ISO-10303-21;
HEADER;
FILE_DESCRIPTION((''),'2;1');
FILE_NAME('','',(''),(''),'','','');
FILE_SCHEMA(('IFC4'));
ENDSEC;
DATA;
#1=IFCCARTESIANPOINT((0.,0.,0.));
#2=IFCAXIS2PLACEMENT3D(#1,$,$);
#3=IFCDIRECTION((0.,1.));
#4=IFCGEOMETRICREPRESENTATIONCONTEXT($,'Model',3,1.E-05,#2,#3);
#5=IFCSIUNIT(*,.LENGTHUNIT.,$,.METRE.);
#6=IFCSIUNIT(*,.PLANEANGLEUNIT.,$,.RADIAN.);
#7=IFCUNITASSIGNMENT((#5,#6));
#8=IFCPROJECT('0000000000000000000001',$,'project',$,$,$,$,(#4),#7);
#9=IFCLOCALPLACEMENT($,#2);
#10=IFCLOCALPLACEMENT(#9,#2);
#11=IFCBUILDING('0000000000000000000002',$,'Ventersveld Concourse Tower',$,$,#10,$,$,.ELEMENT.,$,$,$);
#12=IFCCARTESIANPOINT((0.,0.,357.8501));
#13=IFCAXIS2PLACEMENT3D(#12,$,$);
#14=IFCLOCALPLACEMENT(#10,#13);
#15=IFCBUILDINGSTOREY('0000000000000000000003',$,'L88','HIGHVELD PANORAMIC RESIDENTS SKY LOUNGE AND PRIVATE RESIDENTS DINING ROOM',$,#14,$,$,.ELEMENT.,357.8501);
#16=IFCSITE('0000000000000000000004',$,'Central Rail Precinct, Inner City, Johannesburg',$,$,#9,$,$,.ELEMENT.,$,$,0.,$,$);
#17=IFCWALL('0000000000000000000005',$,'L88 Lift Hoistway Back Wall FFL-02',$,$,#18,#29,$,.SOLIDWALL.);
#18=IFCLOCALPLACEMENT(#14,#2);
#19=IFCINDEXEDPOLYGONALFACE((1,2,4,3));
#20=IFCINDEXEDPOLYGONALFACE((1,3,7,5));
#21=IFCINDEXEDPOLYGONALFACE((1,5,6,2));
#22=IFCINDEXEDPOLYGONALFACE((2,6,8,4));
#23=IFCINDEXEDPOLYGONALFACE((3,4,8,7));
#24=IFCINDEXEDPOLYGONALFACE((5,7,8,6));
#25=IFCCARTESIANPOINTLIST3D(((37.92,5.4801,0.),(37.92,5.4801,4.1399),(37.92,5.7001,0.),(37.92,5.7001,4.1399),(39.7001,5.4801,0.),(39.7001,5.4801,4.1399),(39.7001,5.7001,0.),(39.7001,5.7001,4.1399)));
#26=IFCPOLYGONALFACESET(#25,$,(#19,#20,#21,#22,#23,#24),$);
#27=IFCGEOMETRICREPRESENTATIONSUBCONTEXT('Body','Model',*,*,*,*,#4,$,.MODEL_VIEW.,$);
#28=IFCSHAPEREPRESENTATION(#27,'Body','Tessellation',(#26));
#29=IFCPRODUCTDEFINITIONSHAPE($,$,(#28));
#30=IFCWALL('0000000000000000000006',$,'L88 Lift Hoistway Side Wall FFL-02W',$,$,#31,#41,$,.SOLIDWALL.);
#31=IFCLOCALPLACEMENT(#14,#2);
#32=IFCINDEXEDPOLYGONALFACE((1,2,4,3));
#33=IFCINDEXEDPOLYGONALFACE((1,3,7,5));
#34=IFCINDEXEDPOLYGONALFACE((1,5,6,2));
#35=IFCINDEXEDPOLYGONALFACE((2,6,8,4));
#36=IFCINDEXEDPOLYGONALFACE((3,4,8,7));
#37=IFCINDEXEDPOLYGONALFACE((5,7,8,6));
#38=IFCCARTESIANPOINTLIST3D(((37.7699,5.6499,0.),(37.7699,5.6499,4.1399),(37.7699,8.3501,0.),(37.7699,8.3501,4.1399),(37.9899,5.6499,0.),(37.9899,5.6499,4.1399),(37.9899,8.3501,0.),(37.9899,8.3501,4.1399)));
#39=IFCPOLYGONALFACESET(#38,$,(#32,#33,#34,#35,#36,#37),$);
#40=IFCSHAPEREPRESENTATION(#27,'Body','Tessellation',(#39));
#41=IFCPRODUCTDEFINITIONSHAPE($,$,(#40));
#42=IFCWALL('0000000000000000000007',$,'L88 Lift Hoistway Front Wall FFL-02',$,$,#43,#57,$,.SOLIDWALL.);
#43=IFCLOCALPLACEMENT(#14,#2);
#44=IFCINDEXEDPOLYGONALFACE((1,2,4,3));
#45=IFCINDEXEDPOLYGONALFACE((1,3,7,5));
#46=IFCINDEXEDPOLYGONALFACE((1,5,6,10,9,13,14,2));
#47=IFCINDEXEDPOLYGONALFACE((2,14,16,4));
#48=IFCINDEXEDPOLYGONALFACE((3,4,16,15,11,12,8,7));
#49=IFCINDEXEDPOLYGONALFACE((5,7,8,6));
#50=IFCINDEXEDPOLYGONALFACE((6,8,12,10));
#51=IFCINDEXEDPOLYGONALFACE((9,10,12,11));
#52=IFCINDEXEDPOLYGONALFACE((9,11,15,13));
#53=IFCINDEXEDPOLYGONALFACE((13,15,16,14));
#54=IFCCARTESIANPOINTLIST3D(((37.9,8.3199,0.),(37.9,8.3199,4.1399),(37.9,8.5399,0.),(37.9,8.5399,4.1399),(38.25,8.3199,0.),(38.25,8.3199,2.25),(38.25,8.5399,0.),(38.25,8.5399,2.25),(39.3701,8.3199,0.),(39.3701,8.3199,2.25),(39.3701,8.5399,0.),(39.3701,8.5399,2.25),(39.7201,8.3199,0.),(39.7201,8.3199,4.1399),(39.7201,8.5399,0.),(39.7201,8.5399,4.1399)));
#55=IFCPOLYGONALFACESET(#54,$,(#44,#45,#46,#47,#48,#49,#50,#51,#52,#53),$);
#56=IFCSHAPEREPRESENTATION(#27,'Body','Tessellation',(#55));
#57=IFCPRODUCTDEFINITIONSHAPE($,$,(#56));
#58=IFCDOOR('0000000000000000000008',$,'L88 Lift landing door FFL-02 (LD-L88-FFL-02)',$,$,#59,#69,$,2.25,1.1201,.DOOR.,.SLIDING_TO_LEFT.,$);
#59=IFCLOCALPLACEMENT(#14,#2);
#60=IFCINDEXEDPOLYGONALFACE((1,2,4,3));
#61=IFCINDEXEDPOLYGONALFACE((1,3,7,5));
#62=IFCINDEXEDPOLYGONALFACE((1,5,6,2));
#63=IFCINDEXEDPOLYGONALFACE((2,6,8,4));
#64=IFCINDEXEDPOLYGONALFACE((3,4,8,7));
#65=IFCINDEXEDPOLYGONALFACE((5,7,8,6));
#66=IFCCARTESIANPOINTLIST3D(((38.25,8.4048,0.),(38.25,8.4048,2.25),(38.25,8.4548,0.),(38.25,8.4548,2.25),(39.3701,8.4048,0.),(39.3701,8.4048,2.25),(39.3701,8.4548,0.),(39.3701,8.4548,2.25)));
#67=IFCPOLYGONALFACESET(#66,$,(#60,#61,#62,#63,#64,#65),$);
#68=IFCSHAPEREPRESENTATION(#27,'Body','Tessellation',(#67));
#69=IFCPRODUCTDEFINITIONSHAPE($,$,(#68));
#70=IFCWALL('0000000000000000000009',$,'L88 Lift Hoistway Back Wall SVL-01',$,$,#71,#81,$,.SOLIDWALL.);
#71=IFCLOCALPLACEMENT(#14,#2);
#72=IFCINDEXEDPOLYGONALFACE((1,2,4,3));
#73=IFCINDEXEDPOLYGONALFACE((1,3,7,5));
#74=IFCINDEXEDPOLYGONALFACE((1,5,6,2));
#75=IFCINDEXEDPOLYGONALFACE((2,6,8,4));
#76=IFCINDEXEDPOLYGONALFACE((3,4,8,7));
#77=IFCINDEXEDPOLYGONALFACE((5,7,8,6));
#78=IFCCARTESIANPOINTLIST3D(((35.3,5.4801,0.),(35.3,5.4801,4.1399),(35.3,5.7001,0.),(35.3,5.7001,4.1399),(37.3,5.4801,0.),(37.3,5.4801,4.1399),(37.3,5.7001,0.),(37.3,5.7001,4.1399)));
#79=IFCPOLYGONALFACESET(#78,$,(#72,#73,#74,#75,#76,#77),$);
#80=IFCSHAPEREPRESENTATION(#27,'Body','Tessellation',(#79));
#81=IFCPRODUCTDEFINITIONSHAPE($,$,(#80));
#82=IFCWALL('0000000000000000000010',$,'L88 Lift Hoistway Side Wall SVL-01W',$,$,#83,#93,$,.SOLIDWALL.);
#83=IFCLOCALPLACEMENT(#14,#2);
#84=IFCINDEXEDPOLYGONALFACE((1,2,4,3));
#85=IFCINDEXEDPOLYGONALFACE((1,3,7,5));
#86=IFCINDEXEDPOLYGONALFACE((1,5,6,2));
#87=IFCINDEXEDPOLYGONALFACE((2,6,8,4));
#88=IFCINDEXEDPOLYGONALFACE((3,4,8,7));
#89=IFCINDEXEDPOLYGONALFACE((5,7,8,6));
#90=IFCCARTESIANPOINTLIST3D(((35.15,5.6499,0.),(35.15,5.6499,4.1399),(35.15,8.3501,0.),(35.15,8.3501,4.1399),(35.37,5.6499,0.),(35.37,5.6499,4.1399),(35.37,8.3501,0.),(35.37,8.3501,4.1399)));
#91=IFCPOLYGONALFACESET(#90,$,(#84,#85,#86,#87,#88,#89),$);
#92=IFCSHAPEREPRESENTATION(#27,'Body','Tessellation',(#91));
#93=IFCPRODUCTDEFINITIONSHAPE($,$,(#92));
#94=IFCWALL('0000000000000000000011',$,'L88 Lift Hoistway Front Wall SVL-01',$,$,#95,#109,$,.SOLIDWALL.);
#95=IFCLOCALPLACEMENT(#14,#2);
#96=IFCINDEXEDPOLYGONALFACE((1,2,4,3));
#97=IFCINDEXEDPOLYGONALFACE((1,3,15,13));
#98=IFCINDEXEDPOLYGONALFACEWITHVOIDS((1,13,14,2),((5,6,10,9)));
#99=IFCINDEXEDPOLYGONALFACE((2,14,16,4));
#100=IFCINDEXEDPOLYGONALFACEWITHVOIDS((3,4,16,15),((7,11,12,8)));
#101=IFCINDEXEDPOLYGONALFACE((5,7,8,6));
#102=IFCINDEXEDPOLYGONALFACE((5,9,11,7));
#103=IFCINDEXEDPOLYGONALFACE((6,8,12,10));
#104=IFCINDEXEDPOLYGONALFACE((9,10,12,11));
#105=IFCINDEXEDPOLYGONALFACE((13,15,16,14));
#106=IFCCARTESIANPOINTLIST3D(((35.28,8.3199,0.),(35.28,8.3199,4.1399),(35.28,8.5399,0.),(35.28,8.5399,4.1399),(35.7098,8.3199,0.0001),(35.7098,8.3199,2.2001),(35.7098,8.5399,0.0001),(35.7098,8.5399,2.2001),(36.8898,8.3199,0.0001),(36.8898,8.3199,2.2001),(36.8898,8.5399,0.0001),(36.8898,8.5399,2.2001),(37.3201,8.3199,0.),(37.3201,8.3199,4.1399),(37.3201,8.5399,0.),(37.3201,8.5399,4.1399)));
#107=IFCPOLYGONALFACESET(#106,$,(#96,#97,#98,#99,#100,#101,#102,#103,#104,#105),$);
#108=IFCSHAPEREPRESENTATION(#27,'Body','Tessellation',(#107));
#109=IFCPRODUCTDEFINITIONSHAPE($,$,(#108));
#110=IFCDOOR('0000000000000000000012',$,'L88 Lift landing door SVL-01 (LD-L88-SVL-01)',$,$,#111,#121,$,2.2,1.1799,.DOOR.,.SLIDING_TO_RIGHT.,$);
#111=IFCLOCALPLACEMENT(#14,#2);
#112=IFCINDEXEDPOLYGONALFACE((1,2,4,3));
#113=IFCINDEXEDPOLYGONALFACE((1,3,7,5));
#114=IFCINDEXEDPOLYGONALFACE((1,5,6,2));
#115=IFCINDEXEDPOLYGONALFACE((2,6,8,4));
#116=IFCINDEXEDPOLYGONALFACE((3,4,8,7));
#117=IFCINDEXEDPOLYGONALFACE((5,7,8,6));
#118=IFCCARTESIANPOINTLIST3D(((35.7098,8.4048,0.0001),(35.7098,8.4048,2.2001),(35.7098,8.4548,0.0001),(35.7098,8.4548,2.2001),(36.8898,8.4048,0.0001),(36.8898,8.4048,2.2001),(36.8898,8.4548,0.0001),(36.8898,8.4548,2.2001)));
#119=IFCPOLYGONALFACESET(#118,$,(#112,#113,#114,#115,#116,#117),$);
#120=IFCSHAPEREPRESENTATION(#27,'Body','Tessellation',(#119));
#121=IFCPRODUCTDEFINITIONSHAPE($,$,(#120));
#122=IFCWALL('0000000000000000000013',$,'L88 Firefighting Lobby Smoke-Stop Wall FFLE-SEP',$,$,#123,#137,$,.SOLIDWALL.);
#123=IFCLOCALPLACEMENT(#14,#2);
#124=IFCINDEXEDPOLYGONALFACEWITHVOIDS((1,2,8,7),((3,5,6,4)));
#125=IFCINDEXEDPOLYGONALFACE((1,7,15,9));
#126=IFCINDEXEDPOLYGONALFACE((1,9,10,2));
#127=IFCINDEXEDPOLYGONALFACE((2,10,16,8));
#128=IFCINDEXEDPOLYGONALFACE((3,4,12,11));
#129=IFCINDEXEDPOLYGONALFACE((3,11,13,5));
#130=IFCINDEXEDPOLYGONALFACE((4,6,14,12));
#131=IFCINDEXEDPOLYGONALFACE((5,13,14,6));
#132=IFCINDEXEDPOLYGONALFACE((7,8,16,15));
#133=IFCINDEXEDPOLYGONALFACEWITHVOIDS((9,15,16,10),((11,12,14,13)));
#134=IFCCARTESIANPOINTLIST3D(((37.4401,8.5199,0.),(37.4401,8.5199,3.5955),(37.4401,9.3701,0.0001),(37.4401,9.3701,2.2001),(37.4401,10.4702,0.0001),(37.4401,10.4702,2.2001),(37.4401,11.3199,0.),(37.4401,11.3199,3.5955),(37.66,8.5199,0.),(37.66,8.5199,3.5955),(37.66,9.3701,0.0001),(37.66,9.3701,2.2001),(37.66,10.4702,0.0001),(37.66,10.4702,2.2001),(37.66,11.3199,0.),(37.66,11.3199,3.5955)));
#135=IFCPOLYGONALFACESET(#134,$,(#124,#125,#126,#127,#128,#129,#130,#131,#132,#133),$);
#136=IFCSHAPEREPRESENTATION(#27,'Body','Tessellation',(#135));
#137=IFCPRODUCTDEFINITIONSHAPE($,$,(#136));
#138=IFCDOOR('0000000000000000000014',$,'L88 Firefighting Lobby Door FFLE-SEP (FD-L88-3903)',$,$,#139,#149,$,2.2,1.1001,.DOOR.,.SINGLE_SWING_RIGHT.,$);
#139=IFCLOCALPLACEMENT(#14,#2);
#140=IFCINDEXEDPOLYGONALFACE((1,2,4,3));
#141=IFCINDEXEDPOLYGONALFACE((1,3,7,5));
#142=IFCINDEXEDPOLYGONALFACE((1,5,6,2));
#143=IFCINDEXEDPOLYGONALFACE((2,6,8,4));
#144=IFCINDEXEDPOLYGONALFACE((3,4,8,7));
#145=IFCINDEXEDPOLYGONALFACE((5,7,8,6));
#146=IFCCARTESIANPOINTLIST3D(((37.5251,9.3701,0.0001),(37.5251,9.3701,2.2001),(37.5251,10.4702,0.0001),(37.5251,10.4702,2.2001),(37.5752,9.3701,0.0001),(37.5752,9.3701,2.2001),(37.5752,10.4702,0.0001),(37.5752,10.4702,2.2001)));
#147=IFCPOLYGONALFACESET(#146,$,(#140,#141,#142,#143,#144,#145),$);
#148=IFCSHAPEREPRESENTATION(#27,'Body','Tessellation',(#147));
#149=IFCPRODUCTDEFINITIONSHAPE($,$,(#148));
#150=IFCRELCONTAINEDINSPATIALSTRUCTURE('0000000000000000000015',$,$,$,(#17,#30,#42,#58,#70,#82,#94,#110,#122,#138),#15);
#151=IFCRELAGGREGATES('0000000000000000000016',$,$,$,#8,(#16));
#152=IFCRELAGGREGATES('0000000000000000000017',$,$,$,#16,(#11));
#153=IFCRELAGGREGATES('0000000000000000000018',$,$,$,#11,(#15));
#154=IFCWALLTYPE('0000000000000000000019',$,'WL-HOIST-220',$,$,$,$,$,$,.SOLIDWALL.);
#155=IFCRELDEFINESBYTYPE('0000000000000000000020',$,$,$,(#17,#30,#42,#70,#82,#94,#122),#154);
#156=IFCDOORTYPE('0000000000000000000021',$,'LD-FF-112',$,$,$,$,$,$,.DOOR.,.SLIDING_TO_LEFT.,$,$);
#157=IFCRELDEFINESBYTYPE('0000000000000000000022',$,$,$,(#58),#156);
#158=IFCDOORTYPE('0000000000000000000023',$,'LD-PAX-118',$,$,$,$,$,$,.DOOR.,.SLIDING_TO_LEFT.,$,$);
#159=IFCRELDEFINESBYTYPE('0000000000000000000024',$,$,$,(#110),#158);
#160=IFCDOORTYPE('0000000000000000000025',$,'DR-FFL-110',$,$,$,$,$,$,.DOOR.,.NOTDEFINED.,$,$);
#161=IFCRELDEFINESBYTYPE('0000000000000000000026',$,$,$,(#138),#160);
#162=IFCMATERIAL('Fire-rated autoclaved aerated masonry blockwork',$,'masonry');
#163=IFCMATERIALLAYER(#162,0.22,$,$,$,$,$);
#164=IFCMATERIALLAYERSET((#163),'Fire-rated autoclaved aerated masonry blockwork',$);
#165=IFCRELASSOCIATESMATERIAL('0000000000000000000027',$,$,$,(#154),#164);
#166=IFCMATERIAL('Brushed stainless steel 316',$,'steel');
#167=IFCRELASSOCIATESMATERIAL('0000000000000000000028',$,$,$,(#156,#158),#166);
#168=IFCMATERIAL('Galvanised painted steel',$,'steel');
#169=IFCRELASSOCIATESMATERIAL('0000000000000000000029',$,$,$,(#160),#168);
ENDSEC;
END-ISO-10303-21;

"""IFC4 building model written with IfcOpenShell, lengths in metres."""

from ifc_helpers import new_model, si_unit, direction, frame, frame_2d, origin, place, context, subcontext, project, spatial, rectangle, extrude, material, layer, layer_set, type_object, element, fill, save


model = new_model("IFC4")

# Units and contexts
model_context = context("Model", 3, precision=1e-05, world=origin(), true_north=direction((0.0, 1.0)))
body_context = subcontext(model_context, "Body", "Model", "MODEL_VIEW")
ifc_project = project(units=[si_unit("LENGTHUNIT", "METRE"), si_unit("PLANEANGLEUNIT", "RADIAN")], contexts=[model_context])

# Site, building, storey
site_placement = place(None, origin())
site = spatial("IfcSite", under=ifc_project, at=site_placement, Name="Central Rail Precinct, Inner City, Johannesburg", CompositionType="ELEMENT", RefElevation=0.0)
building_placement = place(site_placement, origin())
building = spatial("IfcBuilding", under=site, at=building_placement, Name="Ventersveld Concourse Tower", CompositionType="ELEMENT")
storey_placement = place(building_placement, frame((0.0, 0.0, 357.8501)))
storey = spatial("IfcBuildingStorey", under=building, at=storey_placement, Name="L88", Description="HIGHVELD PANORAMIC RESIDENTS SKY LOUNGE AND PRIVATE RESIDENTS DINING ROOM", CompositionType="ELEMENT", Elevation=357.8501)

# Shared definitions
ifc_material_1 = material(Name="Fire-rated autoclaved aerated masonry blockwork", Category="masonry")
ifc_material_2 = material(Name="Galvanised painted steel", Category="steel")

# Walls
ifc_layer_1 = layer(ifc_material_1, 0.22)
ifc_layer_set_1 = layer_set([ifc_layer_1], Name="Fire-rated autoclaved aerated masonry blockwork")
wall_type_1 = type_object("IfcWallType", Name="WL-HOIST-220", PredefinedType="SOLIDWALL", material=ifc_layer_set_1)
wall_1_placement = place(storey_placement, frame((37.9199, 5.5901, 0.0), z_axis=(0.0, 0.0, 1.0), x_axis=(1.0, 0.0, 0.0)))
element("IfcWall", 1, at=wall_1_placement, inside=storey, type_object=wall_type_1, Name="L88 Lift Hoistway Back Wall FFL-02", PredefinedType="SOLIDWALL", context=body_context, shape_type="SweptSolid", body=[
    extrude(rectangle(XDim=1.78, YDim=0.22, at=frame_2d((0.8901, 0.0))), origin(), (0.0, 0.0, 1.0), 4.1399),
])
wall_2_placement = place(storey_placement, frame((37.8799, 5.6499, 0.0), z_axis=(0.0, 0.0, 1.0), x_axis=(0.0, 1.0, 0.0)))
element("IfcWall", 2, at=wall_2_placement, inside=storey, type_object=wall_type_1, Name="L88 Lift Hoistway Side Wall FFL-02W", PredefinedType="SOLIDWALL", context=body_context, shape_type="SweptSolid", body=[
    extrude(rectangle(XDim=2.7002, YDim=0.22, at=frame_2d((1.3501, 0.0))), origin(), (0.0, 0.0, 1.0), 4.1399),
])

# Wall, opening, door
wall_3_placement = place(storey_placement, frame((37.8999, 8.4299, 0.0), z_axis=(0.0, 0.0, 1.0), x_axis=(1.0, 0.0, 0.0)))
wall_3 = element("IfcWall", 3, at=wall_3_placement, inside=storey, type_object=wall_type_1, Name="L88 Lift Hoistway Front Wall FFL-02", PredefinedType="SOLIDWALL", context=body_context, shape_type="SweptSolid", body=[
    extrude(rectangle(XDim=1.8201, YDim=0.22, at=frame_2d((0.9102, 0.0))), origin(), (0.0, 0.0, 1.0), 4.1399),
])
opening_1_placement = place(wall_3_placement, frame((0.3501, 0.0, 0.0)))
opening_1 = element("IfcOpeningElement", 4, at=opening_1_placement, cuts=wall_3, PredefinedType="OPENING", context=body_context, shape_type="SweptSolid", body=[
    extrude(rectangle(XDim=1.1201, YDim=2.25, at=frame_2d((0.5601, 1.125))), frame((0.0, 0.1201, 0.0), z_axis=(0.0, -1.0, 0.0), x_axis=(1.0, 0.0, 0.0)), (0.0, 0.0, 1.0), 0.24),
])
ifc_material_3 = material(Name="Brushed stainless steel 316", Category="steel")
door_type_1 = type_object("IfcDoorType", Name="LD-FF-112", OperationType="SLIDING_TO_LEFT", PredefinedType="DOOR", material=ifc_material_3)
door_1_placement = place(opening_1_placement, origin())
door_1 = element("IfcDoor", 5, at=door_1_placement, inside=storey, type_object=door_type_1, Name="L88 Lift landing door FFL-02 (LD-L88-FFL-02)", OperationType="SLIDING_TO_LEFT", OverallHeight=2.25, OverallWidth=1.1201, PredefinedType="DOOR", context=body_context, shape_type="SweptSolid", body=[
    extrude(rectangle(XDim=1.1201, YDim=2.25, at=frame_2d((0.5601, 1.125))), frame((0.0, 0.0249, 0.0), z_axis=(0.0, -1.0, 0.0), x_axis=(1.0, 0.0, 0.0)), (0.0, 0.0, 1.0), 0.05),
])
fill(opening_1, door_1)

# Walls
wall_4_placement = place(storey_placement, frame((35.3, 5.5901, 0.0), z_axis=(0.0, 0.0, 1.0), x_axis=(1.0, 0.0, 0.0)))
element("IfcWall", 6, at=wall_4_placement, inside=storey, type_object=wall_type_1, Name="L88 Lift Hoistway Back Wall SVL-01", PredefinedType="SOLIDWALL", context=body_context, shape_type="SweptSolid", body=[
    extrude(rectangle(XDim=2.0, YDim=0.22, at=frame_2d((1.0, 0.0))), origin(), (0.0, 0.0, 1.0), 4.1399),
])
wall_5_placement = place(storey_placement, frame((35.26, 5.6499, 0.0), z_axis=(0.0, 0.0, 1.0), x_axis=(0.0, 1.0, 0.0)))
element("IfcWall", 7, at=wall_5_placement, inside=storey, type_object=wall_type_1, Name="L88 Lift Hoistway Side Wall SVL-01W", PredefinedType="SOLIDWALL", context=body_context, shape_type="SweptSolid", body=[
    extrude(rectangle(XDim=2.7002, YDim=0.22, at=frame_2d((1.3501, 0.0))), origin(), (0.0, 0.0, 1.0), 4.1399),
])

# Walls, openings, doors
wall_6_placement = place(storey_placement, frame((35.28, 8.4299, 0.0), z_axis=(0.0, 0.0, 1.0), x_axis=(1.0, 0.0, 0.0)))
wall_6 = element("IfcWall", 8, at=wall_6_placement, inside=storey, type_object=wall_type_1, Name="L88 Lift Hoistway Front Wall SVL-01", PredefinedType="SOLIDWALL", context=body_context, shape_type="SweptSolid", body=[
    extrude(rectangle(XDim=2.04, YDim=0.22, at=frame_2d((1.02, 0.0))), origin(), (0.0, 0.0, 1.0), 4.1399),
])
opening_2_placement = place(wall_6_placement, frame((0.4299, 0.0, 0.0)))
opening_2 = element("IfcOpeningElement", 9, at=opening_2_placement, cuts=wall_6, PredefinedType="OPENING", context=body_context, shape_type="SweptSolid", body=[
    extrude(rectangle(XDim=1.1799, YDim=2.2, at=frame_2d((0.5898, 1.1001))), frame((0.0, 0.1201, 0.0), z_axis=(0.0, -1.0, 0.0), x_axis=(1.0, 0.0, 0.0)), (0.0, 0.0, 1.0), 0.24),
])
door_type_2 = type_object("IfcDoorType", Name="LD-PAX-118", OperationType="SLIDING_TO_LEFT", PredefinedType="DOOR", material=ifc_material_3)
door_2_placement = place(opening_2_placement, origin())
door_2 = element("IfcDoor", 10, at=door_2_placement, inside=storey, type_object=door_type_2, Name="L88 Lift landing door SVL-01 (LD-L88-SVL-01)", OperationType="SLIDING_TO_RIGHT", OverallHeight=2.2, OverallWidth=1.1799, PredefinedType="DOOR", context=body_context, shape_type="SweptSolid", body=[
    extrude(rectangle(XDim=1.1799, YDim=2.2, at=frame_2d((0.5898, 1.1001))), frame((0.0, 0.0249, 0.0), z_axis=(0.0, -1.0, 0.0), x_axis=(1.0, 0.0, 0.0)), (0.0, 0.0, 1.0), 0.05),
])
fill(opening_2, door_2)
wall_7_placement = place(storey_placement, frame((37.55, 8.52, 0.0), z_axis=(0.0, 0.0, 1.0), x_axis=(0.0, 1.0, 0.0)))
wall_7 = element("IfcWall", 11, at=wall_7_placement, inside=storey, type_object=wall_type_1, Name="L88 Firefighting Lobby Smoke-Stop Wall FFLE-SEP", PredefinedType="SOLIDWALL", context=body_context, shape_type="SweptSolid", body=[
    extrude(rectangle(XDim=2.8, YDim=0.22, at=frame_2d((1.3999, 0.0))), origin(), (0.0, 0.0, 1.0), 3.5955),
])
opening_3_placement = place(wall_7_placement, frame((0.8501, 0.0, 0.0)))
opening_3 = element("IfcOpeningElement", 12, at=opening_3_placement, cuts=wall_7, PredefinedType="OPENING", context=body_context, shape_type="SweptSolid", body=[
    extrude(rectangle(XDim=1.1001, YDim=2.2, at=frame_2d((0.55, 1.1001))), frame((0.0, 0.1201, 0.0), z_axis=(0.0, -1.0, 0.0), x_axis=(1.0, 0.0, 0.0)), (0.0, 0.0, 1.0), 0.24),
])
door_type_3 = type_object("IfcDoorType", Name="DR-FFL-110", OperationType="NOTDEFINED", PredefinedType="DOOR", material=ifc_material_2)
door_3_placement = place(opening_3_placement, origin())
door_3 = element("IfcDoor", 13, at=door_3_placement, inside=storey, type_object=door_type_3, Name="L88 Firefighting Lobby Door FFLE-SEP (FD-L88-3903)", OperationType="SINGLE_SWING_RIGHT", OverallHeight=2.2, OverallWidth=1.1001, PredefinedType="DOOR", context=body_context, shape_type="SweptSolid", body=[
    extrude(rectangle(XDim=1.1001, YDim=2.2, at=frame_2d((0.55, 1.1001))), frame((0.0, 0.0249, 0.0), z_axis=(0.0, -1.0, 0.0), x_axis=(1.0, 0.0, 0.0)), (0.0, 0.0, 1.0), 0.05),
])
fill(opening_3, door_3)

save(model, "model.ifc")
